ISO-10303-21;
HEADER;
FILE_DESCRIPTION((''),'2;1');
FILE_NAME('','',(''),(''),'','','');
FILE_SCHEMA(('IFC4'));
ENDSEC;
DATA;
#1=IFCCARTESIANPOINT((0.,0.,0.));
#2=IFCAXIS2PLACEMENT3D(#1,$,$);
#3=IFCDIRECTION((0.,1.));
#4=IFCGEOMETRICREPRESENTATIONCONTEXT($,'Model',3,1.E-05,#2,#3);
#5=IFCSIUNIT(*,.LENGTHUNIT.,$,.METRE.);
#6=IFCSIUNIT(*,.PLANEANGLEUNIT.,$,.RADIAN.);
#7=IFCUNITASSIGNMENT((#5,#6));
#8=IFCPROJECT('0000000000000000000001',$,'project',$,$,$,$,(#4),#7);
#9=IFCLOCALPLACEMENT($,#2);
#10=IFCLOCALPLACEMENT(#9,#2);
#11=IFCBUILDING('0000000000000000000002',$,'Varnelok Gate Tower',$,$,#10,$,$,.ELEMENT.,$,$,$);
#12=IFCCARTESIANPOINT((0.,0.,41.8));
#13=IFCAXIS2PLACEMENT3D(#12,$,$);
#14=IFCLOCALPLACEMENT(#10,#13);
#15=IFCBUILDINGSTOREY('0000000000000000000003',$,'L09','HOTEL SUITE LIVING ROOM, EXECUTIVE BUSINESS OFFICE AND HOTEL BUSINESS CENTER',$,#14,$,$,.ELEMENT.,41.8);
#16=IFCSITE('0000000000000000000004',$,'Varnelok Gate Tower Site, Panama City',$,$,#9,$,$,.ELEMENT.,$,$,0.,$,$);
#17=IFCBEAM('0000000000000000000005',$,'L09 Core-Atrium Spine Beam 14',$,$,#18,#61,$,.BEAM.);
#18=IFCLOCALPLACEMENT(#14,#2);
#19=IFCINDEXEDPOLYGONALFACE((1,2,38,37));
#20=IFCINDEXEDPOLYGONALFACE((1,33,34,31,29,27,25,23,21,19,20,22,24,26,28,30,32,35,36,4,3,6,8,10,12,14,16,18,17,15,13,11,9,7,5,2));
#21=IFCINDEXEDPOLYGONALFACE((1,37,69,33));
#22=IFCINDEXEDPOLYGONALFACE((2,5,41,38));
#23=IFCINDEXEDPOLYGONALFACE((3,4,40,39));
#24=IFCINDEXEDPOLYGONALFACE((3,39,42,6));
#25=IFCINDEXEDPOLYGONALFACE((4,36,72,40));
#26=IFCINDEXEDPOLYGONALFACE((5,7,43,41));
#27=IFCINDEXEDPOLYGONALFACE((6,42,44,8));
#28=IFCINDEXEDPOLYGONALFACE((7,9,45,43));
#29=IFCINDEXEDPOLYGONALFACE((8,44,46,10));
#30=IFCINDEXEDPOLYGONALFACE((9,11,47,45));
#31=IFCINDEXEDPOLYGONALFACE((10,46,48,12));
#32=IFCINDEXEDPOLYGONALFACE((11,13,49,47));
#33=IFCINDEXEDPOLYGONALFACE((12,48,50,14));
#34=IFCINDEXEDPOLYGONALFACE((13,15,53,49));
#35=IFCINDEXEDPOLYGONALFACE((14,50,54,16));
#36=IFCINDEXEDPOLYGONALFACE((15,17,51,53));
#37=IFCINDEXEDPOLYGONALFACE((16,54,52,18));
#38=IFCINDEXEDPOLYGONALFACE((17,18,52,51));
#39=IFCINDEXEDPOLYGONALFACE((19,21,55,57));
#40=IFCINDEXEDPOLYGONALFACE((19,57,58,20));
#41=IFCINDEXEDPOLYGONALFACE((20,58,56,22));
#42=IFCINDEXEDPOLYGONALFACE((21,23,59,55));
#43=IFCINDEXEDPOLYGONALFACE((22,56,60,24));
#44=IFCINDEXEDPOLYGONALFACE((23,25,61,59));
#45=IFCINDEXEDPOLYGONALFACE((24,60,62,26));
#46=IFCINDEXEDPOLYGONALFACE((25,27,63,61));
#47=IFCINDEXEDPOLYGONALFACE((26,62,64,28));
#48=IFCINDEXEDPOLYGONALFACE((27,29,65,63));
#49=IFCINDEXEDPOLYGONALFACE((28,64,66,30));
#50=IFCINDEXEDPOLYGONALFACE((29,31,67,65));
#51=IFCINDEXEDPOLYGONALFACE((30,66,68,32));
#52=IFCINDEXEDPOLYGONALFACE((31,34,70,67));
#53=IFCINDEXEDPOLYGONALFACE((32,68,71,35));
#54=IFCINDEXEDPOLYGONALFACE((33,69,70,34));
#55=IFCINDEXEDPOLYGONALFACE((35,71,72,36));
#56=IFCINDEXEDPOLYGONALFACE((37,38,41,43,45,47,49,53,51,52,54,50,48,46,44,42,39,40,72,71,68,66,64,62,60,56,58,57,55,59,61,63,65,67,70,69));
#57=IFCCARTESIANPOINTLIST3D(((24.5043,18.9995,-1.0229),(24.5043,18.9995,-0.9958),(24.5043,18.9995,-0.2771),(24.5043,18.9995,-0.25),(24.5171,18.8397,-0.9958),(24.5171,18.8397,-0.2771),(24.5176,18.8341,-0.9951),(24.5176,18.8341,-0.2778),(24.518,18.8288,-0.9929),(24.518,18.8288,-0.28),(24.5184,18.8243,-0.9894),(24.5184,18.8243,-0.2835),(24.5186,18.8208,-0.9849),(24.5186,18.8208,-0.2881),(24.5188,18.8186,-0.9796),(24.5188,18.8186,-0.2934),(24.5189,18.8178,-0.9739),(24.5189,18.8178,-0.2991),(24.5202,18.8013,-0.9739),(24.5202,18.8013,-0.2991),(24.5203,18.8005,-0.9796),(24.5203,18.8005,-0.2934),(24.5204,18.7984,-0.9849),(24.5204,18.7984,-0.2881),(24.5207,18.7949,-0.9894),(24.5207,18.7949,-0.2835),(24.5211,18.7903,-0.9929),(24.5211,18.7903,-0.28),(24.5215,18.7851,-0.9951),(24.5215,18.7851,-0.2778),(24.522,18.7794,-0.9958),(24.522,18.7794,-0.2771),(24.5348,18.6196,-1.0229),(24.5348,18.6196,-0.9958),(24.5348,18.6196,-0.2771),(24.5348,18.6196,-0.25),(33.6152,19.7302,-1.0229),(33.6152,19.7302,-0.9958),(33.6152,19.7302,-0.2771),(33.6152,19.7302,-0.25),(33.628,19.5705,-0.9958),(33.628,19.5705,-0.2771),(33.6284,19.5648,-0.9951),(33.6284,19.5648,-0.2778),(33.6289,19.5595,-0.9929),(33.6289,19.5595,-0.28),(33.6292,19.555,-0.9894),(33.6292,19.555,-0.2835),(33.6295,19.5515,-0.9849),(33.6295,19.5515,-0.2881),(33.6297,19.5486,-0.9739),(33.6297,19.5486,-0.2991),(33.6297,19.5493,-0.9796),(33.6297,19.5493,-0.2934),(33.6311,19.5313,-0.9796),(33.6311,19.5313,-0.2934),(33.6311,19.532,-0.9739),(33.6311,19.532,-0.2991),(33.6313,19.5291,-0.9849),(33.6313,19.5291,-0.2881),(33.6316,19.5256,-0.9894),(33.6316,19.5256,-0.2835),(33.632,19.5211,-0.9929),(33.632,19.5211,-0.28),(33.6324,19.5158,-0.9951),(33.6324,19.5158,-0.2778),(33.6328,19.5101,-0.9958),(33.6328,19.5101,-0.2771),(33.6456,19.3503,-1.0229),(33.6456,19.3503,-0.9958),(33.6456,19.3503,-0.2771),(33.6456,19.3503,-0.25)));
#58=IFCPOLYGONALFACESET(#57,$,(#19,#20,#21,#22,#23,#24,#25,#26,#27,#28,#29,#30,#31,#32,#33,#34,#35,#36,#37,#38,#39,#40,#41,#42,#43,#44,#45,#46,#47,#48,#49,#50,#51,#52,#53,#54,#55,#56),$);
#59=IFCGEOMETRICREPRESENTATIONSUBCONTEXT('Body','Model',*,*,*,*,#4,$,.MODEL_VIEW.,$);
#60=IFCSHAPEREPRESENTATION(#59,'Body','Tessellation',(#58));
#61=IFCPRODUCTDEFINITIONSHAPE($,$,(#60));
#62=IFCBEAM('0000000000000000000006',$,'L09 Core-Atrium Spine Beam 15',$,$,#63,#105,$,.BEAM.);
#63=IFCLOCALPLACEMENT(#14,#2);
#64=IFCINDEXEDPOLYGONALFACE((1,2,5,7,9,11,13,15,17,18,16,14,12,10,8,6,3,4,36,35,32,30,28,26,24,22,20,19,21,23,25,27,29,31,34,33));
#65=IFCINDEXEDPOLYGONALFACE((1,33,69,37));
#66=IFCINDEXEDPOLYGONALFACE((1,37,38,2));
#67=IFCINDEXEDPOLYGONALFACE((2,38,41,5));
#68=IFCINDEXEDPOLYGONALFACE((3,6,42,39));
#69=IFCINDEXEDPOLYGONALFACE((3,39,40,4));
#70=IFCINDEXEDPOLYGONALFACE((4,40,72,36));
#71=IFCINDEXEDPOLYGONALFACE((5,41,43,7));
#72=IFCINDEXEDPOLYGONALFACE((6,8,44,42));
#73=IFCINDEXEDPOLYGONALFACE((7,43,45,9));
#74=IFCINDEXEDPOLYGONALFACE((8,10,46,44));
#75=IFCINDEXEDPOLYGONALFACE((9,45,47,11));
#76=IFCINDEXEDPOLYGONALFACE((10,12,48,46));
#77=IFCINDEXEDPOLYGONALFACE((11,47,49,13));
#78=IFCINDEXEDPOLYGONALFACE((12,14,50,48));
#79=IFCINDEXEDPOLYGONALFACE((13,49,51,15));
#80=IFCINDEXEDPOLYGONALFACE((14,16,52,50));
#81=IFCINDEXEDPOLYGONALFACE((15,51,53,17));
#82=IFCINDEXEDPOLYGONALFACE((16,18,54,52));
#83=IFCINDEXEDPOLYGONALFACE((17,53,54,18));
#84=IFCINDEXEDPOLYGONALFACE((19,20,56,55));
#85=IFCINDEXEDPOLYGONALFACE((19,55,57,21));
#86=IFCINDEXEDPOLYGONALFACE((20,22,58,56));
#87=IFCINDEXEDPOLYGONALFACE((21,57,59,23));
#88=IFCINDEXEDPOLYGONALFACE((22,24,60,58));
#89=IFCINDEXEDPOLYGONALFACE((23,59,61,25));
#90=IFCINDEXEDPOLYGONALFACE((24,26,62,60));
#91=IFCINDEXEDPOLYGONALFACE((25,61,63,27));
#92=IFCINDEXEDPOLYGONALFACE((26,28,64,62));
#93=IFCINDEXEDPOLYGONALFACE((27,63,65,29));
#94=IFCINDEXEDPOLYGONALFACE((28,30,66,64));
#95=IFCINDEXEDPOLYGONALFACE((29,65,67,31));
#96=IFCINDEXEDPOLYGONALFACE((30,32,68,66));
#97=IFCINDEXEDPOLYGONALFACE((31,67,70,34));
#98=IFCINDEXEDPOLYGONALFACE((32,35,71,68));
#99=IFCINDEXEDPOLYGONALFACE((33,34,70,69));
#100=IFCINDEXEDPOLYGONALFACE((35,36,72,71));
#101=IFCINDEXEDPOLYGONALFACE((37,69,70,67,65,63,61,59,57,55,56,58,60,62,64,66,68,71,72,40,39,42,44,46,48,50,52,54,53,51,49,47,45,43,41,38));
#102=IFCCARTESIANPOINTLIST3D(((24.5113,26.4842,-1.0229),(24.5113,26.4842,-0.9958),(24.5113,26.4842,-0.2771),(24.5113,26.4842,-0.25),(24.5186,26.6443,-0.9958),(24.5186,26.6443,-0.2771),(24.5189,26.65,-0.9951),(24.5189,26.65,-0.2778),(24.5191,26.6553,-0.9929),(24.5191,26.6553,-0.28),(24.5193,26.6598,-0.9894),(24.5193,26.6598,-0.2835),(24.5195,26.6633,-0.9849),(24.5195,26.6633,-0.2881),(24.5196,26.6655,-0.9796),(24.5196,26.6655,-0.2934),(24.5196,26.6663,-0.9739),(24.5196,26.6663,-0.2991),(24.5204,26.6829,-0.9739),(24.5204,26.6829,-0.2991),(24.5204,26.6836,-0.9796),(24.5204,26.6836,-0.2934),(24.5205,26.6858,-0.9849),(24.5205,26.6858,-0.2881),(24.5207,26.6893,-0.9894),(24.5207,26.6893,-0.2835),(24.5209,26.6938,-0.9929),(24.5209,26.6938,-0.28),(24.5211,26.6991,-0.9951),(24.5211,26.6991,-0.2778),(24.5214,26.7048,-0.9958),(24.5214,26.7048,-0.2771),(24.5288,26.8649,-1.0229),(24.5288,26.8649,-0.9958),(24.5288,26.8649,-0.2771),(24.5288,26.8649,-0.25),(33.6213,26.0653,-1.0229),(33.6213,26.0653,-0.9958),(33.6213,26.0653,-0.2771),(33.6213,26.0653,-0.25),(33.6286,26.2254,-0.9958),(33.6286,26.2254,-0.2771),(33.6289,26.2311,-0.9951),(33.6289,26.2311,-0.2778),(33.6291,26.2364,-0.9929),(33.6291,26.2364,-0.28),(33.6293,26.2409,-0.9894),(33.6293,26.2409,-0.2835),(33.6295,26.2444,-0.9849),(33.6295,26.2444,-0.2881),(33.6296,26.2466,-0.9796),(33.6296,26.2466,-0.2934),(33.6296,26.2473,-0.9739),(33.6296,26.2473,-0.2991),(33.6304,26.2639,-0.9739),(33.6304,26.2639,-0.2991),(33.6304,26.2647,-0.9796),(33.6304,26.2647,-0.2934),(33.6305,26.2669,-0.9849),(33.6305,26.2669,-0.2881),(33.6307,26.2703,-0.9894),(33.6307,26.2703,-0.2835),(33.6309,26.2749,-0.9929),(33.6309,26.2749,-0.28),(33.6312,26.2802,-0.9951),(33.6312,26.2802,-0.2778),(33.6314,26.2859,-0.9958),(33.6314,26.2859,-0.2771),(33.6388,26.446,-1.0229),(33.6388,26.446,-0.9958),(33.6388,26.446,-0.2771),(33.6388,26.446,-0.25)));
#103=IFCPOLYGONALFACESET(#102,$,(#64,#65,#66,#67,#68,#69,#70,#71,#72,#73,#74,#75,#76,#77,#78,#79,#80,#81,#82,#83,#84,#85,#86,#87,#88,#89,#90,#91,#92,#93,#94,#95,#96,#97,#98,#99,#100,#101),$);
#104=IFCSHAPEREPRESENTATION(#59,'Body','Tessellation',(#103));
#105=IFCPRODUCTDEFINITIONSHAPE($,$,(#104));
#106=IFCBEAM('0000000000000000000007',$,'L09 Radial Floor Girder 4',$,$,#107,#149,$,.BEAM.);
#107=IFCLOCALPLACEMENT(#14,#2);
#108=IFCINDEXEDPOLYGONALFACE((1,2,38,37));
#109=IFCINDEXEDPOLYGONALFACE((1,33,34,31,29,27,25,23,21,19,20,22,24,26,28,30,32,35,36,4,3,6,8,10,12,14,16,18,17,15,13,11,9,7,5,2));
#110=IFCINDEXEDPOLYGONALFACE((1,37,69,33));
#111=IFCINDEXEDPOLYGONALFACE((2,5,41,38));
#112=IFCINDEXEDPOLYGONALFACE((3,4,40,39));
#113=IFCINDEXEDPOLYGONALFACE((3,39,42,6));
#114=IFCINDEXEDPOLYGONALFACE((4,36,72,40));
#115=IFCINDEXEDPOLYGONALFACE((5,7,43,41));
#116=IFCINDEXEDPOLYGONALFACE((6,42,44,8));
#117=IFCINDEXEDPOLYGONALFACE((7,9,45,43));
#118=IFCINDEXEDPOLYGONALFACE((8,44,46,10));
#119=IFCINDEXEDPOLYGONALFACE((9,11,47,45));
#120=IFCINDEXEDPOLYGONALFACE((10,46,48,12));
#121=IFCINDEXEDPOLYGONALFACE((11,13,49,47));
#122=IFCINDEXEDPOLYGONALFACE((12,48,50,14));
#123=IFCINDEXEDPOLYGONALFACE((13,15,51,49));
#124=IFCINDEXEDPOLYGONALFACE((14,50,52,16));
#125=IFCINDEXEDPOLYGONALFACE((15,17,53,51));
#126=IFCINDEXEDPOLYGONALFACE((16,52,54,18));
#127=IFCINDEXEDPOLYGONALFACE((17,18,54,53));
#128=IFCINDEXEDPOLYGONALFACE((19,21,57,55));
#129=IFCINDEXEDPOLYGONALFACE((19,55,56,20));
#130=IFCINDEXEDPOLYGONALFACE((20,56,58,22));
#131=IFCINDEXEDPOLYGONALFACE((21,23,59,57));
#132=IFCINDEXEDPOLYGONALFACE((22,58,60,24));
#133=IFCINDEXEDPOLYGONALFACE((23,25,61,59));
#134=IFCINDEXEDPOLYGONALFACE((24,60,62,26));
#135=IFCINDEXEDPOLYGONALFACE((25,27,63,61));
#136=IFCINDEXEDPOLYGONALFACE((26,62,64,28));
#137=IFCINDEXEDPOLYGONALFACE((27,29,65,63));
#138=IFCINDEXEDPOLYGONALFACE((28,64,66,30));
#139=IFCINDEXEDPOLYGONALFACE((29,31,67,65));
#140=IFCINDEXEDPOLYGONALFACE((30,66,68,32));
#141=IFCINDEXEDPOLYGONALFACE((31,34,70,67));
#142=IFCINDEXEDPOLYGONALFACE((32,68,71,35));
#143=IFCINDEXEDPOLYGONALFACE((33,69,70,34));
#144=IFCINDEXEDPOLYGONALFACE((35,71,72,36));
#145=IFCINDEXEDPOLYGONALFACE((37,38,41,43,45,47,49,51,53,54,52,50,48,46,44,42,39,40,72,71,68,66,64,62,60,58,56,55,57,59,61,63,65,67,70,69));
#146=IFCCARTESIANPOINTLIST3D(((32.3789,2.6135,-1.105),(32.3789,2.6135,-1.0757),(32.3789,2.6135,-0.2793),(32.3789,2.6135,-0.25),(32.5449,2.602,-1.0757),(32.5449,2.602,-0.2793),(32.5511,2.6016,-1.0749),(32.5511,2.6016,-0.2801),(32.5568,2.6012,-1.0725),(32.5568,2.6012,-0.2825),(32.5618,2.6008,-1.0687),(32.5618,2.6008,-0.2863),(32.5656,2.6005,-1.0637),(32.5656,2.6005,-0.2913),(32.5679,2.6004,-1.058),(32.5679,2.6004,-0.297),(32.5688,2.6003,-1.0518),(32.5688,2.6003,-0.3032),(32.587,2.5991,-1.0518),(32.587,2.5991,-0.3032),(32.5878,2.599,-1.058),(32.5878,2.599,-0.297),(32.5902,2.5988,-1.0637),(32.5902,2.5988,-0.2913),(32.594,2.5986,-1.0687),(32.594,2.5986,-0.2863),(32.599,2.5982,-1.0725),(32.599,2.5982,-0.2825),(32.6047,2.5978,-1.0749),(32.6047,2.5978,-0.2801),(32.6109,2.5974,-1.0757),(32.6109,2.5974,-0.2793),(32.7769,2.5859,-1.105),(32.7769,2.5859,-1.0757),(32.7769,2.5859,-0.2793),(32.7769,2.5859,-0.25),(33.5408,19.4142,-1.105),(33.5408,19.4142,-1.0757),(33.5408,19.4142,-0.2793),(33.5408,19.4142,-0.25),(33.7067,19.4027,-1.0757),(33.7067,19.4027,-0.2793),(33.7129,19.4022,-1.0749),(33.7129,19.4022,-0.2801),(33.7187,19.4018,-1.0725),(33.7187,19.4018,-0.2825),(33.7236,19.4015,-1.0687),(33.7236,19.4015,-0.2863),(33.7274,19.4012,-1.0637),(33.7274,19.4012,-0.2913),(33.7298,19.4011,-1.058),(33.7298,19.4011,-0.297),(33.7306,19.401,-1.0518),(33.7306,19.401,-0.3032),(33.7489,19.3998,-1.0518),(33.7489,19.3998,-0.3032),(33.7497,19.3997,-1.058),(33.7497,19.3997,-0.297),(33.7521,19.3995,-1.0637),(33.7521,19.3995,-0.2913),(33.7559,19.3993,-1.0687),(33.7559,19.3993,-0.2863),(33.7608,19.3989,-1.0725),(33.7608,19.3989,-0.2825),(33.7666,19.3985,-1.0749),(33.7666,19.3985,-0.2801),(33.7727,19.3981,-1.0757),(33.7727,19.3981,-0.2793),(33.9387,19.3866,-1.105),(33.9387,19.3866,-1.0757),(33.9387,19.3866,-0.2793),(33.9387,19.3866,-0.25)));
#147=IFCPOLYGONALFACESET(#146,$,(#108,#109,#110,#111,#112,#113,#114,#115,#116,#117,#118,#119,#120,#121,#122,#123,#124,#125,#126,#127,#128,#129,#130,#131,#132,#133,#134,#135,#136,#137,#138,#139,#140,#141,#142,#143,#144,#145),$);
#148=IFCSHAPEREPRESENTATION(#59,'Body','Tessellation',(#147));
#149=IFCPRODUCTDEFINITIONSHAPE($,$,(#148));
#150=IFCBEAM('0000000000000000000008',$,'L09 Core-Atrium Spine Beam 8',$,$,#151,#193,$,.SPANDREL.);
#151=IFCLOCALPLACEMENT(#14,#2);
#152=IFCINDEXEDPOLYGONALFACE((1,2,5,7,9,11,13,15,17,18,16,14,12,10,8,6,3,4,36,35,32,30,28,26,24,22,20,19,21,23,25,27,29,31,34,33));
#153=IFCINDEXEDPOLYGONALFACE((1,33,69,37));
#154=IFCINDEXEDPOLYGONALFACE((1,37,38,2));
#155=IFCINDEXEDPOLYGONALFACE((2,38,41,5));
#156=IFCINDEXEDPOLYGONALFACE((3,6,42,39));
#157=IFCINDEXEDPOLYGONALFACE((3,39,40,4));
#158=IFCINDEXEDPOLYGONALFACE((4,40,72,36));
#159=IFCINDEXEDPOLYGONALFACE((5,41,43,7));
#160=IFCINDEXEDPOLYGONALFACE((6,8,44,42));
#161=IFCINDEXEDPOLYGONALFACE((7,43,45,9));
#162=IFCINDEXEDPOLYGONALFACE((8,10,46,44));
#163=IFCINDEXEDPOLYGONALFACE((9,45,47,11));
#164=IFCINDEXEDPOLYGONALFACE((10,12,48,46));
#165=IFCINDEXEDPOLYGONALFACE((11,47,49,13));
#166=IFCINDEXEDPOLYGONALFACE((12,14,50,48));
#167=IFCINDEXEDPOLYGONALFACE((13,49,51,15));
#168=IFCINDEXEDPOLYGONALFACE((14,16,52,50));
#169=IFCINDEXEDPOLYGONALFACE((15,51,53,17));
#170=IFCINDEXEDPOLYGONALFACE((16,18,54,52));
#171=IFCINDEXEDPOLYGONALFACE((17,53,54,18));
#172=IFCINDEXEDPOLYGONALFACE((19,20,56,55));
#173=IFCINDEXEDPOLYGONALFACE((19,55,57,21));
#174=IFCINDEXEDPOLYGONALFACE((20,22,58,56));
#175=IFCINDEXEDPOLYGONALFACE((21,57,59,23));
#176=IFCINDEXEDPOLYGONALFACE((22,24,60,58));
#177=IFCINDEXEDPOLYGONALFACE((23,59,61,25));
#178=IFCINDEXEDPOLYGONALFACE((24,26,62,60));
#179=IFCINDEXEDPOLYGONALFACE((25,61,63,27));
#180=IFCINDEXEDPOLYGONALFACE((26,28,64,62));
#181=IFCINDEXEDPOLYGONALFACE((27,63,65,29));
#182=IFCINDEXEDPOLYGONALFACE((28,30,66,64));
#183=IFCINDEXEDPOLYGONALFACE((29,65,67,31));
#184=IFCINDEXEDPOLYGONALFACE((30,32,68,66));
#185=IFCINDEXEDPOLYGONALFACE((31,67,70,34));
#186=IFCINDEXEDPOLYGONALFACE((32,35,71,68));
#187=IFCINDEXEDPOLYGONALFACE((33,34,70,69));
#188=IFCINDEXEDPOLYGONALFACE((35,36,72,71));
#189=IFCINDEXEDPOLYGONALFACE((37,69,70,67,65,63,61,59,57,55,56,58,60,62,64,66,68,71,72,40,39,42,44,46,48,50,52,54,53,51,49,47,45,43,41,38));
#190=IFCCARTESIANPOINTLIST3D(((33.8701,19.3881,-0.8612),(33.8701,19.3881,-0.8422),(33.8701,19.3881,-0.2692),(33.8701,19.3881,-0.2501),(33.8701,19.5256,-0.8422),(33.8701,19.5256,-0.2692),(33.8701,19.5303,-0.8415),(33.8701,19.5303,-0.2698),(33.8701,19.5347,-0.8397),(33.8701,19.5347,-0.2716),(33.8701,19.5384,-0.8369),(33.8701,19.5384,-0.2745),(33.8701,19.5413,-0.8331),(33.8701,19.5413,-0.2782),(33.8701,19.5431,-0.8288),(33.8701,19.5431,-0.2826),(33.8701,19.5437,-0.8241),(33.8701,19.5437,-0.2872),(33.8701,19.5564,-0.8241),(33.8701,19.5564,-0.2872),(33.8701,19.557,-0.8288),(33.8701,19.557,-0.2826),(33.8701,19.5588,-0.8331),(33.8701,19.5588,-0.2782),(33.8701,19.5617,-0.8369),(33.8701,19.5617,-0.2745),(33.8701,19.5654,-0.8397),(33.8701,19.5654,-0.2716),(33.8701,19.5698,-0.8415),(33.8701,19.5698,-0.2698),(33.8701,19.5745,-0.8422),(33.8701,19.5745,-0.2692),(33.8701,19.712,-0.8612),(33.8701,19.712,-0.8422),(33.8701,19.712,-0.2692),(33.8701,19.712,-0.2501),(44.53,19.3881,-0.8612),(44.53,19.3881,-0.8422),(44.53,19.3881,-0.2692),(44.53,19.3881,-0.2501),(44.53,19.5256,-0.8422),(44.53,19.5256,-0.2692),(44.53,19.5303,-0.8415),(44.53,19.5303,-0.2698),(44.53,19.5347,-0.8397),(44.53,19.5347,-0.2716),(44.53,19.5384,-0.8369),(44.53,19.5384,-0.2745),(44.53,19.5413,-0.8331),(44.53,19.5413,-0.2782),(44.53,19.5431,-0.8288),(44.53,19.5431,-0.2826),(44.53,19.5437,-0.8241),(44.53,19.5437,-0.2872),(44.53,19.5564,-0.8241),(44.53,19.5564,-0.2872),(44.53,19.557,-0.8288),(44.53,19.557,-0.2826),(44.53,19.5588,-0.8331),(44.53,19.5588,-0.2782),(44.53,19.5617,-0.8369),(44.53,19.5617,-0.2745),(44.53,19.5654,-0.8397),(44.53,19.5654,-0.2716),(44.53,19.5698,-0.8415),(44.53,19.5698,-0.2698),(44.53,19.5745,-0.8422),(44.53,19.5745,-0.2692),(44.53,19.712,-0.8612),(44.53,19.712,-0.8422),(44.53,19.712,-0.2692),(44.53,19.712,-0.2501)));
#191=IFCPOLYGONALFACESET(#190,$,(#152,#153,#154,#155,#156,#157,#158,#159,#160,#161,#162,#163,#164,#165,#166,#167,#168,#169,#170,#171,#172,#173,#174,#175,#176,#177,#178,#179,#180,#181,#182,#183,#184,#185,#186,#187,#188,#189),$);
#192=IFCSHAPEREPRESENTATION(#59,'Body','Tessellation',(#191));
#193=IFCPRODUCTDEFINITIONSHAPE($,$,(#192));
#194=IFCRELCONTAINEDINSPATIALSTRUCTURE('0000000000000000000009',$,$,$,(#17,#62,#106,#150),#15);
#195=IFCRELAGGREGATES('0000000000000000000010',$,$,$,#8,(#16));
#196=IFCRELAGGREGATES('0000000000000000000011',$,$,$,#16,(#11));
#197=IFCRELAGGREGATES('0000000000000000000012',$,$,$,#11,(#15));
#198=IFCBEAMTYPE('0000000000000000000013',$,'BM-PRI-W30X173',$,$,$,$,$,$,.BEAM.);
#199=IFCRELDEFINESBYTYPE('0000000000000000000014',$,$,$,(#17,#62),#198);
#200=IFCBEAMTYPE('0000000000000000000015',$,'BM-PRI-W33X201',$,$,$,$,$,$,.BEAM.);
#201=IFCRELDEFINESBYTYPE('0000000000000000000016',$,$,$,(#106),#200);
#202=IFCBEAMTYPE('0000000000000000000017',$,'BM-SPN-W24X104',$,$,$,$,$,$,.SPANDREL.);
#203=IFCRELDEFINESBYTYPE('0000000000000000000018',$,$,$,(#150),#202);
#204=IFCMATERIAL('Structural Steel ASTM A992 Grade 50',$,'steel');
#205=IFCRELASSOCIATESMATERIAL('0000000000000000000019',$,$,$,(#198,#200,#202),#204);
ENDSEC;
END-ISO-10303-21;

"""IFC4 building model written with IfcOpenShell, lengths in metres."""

from ifc_helpers import new_model, si_unit, direction, frame, origin, origin_2d, place, context, subcontext, project, spatial, i_section, extrude, material, material_profile, profile_set, type_object, element, save


model = new_model("IFC4")

# Units and contexts
model_context = context("Model", 3, precision=1e-05, world=origin(), true_north=direction((0.0, 1.0)))
body_context = subcontext(model_context, "Body", "Model", "MODEL_VIEW")
ifc_project = project(units=[si_unit("LENGTHUNIT", "METRE"), si_unit("PLANEANGLEUNIT", "RADIAN")], contexts=[model_context])

# Site, building, storey
site_placement = place(None, origin())
site = spatial("IfcSite", under=ifc_project, at=site_placement, Name="Varnelok Gate Tower Site, Panama City", CompositionType="ELEMENT", RefElevation=0.0)
building_placement = place(site_placement, origin())
building = spatial("IfcBuilding", under=site, at=building_placement, Name="Varnelok Gate Tower", CompositionType="ELEMENT")
storey_placement = place(building_placement, frame((0.0, 0.0, 41.8)))
storey = spatial("IfcBuildingStorey", under=building, at=storey_placement, Name="L09", Description="HOTEL SUITE LIVING ROOM, EXECUTIVE BUSINESS OFFICE AND HOTEL BUSINESS CENTER", CompositionType="ELEMENT", Elevation=41.8)

# Shared definitions
ifc_material_1 = material(Name="Structural Steel ASTM A992 Grade 50", Category="steel")

# Beams
ifc_material_profile_1 = material_profile(ifc_material_1, i_section(OverallWidth=0.3811, OverallDepth=0.7729, WebThickness=0.0166, FlangeThickness=0.0271, FilletRadius=0.022, at=origin_2d()), Name="W30X173")
ifc_profile_set_1 = profile_set([ifc_material_profile_1], Name="Structural Steel ASTM A992 Grade 50")
beam_type_1 = type_object("IfcBeamType", Name="BM-PRI-W30X173", PredefinedType="BEAM", material=ifc_profile_set_1)
beam_1_placement = place(storey_placement, frame((24.5195, 18.8096, -0.6365), z_axis=(0.996799, 0.079946, 0.0), x_axis=(-0.079946, 0.996799, 0.0)))
element("IfcBeam", 1, at=beam_1_placement, inside=storey, type_object=beam_type_1, Name="L09 Core-Atrium Spine Beam 14", PredefinedType="BEAM", context=body_context, shape_type="SweptSolid", body=[
    extrude(i_section(OverallWidth=0.3811, OverallDepth=0.7729, WebThickness=0.0166, FlangeThickness=0.0271, FilletRadius=0.022, at=origin_2d()), origin(), (0.0, 0.0, 1.0), 9.1401),
])
beam_2_placement = place(storey_placement, frame((24.52, 26.6746, -0.6365), z_axis=(0.998944, -0.045938, 0.0), x_axis=(0.045938, 0.998944, 0.0)))
element("IfcBeam", 2, at=beam_2_placement, inside=storey, type_object=beam_type_1, Name="L09 Core-Atrium Spine Beam 15", PredefinedType="BEAM", context=body_context, shape_type="SweptSolid", body=[
    extrude(i_section(OverallWidth=0.3811, OverallDepth=0.7729, WebThickness=0.0166, FlangeThickness=0.0271, FilletRadius=0.022, at=origin_2d()), origin(), (0.0, 0.0, 1.0), 9.1196),
])
ifc_material_profile_2 = material_profile(ifc_material_1, i_section(OverallWidth=0.3989, OverallDepth=0.855, WebThickness=0.0183, FlangeThickness=0.0293, FilletRadius=0.0239, at=origin_2d()), Name="W33X201")
ifc_profile_set_2 = profile_set([ifc_material_profile_2], Name="Structural Steel ASTM A992 Grade 50")
beam_type_2 = type_object("IfcBeamType", Name="BM-PRI-W33X201", PredefinedType="BEAM", material=ifc_profile_set_2)
beam_3_placement = place(storey_placement, frame((33.7397, 19.4004, -0.6775), z_axis=(-0.068991, -0.997617, 0.0), x_axis=(0.997617, -0.068991, 0.0)))
element("IfcBeam", 3, at=beam_3_placement, inside=storey, type_object=beam_type_2, Name="L09 Radial Floor Girder 4", PredefinedType="BEAM", context=body_context, shape_type="SweptSolid", body=[
    extrude(i_section(OverallWidth=0.3989, OverallDepth=0.855, WebThickness=0.0183, FlangeThickness=0.0293, FilletRadius=0.0239, at=origin_2d()), origin(), (0.0, 0.0, 1.0), 16.8408),
])
ifc_material_profile_3 = material_profile(ifc_material_1, i_section(OverallWidth=0.324, OverallDepth=0.6111, WebThickness=0.0127, FlangeThickness=0.019, FilletRadius=0.0181, at=origin_2d()), Name="W24X104")
ifc_profile_set_3 = profile_set([ifc_material_profile_3], Name="Structural Steel ASTM A992 Grade 50")
beam_type_3 = type_object("IfcBeamType", Name="BM-SPN-W24X104", PredefinedType="SPANDREL", material=ifc_profile_set_3)
for number, where, z_axis, x_axis, name in (
    (4, (33.8701, 19.55, -0.5557), (1.0, 0.0, 0.0), (0.0, 1.0, 0.0), "L09 Core-Atrium Spine Beam 8"),
):
    element("IfcBeam", number, at=place(storey_placement, frame(where, z_axis=z_axis, x_axis=x_axis)), inside=storey, type_object=beam_type_3, Name=name, PredefinedType="SPANDREL", context=body_context, shape_type="SweptSolid", body=[
        extrude(i_section(OverallWidth=0.324, OverallDepth=0.6111, WebThickness=0.0127, FlangeThickness=0.019, FilletRadius=0.0181, at=origin_2d()), origin(), (0.0, 0.0, 1.0), 10.6599),
    ])

save(model, "model.ifc")
